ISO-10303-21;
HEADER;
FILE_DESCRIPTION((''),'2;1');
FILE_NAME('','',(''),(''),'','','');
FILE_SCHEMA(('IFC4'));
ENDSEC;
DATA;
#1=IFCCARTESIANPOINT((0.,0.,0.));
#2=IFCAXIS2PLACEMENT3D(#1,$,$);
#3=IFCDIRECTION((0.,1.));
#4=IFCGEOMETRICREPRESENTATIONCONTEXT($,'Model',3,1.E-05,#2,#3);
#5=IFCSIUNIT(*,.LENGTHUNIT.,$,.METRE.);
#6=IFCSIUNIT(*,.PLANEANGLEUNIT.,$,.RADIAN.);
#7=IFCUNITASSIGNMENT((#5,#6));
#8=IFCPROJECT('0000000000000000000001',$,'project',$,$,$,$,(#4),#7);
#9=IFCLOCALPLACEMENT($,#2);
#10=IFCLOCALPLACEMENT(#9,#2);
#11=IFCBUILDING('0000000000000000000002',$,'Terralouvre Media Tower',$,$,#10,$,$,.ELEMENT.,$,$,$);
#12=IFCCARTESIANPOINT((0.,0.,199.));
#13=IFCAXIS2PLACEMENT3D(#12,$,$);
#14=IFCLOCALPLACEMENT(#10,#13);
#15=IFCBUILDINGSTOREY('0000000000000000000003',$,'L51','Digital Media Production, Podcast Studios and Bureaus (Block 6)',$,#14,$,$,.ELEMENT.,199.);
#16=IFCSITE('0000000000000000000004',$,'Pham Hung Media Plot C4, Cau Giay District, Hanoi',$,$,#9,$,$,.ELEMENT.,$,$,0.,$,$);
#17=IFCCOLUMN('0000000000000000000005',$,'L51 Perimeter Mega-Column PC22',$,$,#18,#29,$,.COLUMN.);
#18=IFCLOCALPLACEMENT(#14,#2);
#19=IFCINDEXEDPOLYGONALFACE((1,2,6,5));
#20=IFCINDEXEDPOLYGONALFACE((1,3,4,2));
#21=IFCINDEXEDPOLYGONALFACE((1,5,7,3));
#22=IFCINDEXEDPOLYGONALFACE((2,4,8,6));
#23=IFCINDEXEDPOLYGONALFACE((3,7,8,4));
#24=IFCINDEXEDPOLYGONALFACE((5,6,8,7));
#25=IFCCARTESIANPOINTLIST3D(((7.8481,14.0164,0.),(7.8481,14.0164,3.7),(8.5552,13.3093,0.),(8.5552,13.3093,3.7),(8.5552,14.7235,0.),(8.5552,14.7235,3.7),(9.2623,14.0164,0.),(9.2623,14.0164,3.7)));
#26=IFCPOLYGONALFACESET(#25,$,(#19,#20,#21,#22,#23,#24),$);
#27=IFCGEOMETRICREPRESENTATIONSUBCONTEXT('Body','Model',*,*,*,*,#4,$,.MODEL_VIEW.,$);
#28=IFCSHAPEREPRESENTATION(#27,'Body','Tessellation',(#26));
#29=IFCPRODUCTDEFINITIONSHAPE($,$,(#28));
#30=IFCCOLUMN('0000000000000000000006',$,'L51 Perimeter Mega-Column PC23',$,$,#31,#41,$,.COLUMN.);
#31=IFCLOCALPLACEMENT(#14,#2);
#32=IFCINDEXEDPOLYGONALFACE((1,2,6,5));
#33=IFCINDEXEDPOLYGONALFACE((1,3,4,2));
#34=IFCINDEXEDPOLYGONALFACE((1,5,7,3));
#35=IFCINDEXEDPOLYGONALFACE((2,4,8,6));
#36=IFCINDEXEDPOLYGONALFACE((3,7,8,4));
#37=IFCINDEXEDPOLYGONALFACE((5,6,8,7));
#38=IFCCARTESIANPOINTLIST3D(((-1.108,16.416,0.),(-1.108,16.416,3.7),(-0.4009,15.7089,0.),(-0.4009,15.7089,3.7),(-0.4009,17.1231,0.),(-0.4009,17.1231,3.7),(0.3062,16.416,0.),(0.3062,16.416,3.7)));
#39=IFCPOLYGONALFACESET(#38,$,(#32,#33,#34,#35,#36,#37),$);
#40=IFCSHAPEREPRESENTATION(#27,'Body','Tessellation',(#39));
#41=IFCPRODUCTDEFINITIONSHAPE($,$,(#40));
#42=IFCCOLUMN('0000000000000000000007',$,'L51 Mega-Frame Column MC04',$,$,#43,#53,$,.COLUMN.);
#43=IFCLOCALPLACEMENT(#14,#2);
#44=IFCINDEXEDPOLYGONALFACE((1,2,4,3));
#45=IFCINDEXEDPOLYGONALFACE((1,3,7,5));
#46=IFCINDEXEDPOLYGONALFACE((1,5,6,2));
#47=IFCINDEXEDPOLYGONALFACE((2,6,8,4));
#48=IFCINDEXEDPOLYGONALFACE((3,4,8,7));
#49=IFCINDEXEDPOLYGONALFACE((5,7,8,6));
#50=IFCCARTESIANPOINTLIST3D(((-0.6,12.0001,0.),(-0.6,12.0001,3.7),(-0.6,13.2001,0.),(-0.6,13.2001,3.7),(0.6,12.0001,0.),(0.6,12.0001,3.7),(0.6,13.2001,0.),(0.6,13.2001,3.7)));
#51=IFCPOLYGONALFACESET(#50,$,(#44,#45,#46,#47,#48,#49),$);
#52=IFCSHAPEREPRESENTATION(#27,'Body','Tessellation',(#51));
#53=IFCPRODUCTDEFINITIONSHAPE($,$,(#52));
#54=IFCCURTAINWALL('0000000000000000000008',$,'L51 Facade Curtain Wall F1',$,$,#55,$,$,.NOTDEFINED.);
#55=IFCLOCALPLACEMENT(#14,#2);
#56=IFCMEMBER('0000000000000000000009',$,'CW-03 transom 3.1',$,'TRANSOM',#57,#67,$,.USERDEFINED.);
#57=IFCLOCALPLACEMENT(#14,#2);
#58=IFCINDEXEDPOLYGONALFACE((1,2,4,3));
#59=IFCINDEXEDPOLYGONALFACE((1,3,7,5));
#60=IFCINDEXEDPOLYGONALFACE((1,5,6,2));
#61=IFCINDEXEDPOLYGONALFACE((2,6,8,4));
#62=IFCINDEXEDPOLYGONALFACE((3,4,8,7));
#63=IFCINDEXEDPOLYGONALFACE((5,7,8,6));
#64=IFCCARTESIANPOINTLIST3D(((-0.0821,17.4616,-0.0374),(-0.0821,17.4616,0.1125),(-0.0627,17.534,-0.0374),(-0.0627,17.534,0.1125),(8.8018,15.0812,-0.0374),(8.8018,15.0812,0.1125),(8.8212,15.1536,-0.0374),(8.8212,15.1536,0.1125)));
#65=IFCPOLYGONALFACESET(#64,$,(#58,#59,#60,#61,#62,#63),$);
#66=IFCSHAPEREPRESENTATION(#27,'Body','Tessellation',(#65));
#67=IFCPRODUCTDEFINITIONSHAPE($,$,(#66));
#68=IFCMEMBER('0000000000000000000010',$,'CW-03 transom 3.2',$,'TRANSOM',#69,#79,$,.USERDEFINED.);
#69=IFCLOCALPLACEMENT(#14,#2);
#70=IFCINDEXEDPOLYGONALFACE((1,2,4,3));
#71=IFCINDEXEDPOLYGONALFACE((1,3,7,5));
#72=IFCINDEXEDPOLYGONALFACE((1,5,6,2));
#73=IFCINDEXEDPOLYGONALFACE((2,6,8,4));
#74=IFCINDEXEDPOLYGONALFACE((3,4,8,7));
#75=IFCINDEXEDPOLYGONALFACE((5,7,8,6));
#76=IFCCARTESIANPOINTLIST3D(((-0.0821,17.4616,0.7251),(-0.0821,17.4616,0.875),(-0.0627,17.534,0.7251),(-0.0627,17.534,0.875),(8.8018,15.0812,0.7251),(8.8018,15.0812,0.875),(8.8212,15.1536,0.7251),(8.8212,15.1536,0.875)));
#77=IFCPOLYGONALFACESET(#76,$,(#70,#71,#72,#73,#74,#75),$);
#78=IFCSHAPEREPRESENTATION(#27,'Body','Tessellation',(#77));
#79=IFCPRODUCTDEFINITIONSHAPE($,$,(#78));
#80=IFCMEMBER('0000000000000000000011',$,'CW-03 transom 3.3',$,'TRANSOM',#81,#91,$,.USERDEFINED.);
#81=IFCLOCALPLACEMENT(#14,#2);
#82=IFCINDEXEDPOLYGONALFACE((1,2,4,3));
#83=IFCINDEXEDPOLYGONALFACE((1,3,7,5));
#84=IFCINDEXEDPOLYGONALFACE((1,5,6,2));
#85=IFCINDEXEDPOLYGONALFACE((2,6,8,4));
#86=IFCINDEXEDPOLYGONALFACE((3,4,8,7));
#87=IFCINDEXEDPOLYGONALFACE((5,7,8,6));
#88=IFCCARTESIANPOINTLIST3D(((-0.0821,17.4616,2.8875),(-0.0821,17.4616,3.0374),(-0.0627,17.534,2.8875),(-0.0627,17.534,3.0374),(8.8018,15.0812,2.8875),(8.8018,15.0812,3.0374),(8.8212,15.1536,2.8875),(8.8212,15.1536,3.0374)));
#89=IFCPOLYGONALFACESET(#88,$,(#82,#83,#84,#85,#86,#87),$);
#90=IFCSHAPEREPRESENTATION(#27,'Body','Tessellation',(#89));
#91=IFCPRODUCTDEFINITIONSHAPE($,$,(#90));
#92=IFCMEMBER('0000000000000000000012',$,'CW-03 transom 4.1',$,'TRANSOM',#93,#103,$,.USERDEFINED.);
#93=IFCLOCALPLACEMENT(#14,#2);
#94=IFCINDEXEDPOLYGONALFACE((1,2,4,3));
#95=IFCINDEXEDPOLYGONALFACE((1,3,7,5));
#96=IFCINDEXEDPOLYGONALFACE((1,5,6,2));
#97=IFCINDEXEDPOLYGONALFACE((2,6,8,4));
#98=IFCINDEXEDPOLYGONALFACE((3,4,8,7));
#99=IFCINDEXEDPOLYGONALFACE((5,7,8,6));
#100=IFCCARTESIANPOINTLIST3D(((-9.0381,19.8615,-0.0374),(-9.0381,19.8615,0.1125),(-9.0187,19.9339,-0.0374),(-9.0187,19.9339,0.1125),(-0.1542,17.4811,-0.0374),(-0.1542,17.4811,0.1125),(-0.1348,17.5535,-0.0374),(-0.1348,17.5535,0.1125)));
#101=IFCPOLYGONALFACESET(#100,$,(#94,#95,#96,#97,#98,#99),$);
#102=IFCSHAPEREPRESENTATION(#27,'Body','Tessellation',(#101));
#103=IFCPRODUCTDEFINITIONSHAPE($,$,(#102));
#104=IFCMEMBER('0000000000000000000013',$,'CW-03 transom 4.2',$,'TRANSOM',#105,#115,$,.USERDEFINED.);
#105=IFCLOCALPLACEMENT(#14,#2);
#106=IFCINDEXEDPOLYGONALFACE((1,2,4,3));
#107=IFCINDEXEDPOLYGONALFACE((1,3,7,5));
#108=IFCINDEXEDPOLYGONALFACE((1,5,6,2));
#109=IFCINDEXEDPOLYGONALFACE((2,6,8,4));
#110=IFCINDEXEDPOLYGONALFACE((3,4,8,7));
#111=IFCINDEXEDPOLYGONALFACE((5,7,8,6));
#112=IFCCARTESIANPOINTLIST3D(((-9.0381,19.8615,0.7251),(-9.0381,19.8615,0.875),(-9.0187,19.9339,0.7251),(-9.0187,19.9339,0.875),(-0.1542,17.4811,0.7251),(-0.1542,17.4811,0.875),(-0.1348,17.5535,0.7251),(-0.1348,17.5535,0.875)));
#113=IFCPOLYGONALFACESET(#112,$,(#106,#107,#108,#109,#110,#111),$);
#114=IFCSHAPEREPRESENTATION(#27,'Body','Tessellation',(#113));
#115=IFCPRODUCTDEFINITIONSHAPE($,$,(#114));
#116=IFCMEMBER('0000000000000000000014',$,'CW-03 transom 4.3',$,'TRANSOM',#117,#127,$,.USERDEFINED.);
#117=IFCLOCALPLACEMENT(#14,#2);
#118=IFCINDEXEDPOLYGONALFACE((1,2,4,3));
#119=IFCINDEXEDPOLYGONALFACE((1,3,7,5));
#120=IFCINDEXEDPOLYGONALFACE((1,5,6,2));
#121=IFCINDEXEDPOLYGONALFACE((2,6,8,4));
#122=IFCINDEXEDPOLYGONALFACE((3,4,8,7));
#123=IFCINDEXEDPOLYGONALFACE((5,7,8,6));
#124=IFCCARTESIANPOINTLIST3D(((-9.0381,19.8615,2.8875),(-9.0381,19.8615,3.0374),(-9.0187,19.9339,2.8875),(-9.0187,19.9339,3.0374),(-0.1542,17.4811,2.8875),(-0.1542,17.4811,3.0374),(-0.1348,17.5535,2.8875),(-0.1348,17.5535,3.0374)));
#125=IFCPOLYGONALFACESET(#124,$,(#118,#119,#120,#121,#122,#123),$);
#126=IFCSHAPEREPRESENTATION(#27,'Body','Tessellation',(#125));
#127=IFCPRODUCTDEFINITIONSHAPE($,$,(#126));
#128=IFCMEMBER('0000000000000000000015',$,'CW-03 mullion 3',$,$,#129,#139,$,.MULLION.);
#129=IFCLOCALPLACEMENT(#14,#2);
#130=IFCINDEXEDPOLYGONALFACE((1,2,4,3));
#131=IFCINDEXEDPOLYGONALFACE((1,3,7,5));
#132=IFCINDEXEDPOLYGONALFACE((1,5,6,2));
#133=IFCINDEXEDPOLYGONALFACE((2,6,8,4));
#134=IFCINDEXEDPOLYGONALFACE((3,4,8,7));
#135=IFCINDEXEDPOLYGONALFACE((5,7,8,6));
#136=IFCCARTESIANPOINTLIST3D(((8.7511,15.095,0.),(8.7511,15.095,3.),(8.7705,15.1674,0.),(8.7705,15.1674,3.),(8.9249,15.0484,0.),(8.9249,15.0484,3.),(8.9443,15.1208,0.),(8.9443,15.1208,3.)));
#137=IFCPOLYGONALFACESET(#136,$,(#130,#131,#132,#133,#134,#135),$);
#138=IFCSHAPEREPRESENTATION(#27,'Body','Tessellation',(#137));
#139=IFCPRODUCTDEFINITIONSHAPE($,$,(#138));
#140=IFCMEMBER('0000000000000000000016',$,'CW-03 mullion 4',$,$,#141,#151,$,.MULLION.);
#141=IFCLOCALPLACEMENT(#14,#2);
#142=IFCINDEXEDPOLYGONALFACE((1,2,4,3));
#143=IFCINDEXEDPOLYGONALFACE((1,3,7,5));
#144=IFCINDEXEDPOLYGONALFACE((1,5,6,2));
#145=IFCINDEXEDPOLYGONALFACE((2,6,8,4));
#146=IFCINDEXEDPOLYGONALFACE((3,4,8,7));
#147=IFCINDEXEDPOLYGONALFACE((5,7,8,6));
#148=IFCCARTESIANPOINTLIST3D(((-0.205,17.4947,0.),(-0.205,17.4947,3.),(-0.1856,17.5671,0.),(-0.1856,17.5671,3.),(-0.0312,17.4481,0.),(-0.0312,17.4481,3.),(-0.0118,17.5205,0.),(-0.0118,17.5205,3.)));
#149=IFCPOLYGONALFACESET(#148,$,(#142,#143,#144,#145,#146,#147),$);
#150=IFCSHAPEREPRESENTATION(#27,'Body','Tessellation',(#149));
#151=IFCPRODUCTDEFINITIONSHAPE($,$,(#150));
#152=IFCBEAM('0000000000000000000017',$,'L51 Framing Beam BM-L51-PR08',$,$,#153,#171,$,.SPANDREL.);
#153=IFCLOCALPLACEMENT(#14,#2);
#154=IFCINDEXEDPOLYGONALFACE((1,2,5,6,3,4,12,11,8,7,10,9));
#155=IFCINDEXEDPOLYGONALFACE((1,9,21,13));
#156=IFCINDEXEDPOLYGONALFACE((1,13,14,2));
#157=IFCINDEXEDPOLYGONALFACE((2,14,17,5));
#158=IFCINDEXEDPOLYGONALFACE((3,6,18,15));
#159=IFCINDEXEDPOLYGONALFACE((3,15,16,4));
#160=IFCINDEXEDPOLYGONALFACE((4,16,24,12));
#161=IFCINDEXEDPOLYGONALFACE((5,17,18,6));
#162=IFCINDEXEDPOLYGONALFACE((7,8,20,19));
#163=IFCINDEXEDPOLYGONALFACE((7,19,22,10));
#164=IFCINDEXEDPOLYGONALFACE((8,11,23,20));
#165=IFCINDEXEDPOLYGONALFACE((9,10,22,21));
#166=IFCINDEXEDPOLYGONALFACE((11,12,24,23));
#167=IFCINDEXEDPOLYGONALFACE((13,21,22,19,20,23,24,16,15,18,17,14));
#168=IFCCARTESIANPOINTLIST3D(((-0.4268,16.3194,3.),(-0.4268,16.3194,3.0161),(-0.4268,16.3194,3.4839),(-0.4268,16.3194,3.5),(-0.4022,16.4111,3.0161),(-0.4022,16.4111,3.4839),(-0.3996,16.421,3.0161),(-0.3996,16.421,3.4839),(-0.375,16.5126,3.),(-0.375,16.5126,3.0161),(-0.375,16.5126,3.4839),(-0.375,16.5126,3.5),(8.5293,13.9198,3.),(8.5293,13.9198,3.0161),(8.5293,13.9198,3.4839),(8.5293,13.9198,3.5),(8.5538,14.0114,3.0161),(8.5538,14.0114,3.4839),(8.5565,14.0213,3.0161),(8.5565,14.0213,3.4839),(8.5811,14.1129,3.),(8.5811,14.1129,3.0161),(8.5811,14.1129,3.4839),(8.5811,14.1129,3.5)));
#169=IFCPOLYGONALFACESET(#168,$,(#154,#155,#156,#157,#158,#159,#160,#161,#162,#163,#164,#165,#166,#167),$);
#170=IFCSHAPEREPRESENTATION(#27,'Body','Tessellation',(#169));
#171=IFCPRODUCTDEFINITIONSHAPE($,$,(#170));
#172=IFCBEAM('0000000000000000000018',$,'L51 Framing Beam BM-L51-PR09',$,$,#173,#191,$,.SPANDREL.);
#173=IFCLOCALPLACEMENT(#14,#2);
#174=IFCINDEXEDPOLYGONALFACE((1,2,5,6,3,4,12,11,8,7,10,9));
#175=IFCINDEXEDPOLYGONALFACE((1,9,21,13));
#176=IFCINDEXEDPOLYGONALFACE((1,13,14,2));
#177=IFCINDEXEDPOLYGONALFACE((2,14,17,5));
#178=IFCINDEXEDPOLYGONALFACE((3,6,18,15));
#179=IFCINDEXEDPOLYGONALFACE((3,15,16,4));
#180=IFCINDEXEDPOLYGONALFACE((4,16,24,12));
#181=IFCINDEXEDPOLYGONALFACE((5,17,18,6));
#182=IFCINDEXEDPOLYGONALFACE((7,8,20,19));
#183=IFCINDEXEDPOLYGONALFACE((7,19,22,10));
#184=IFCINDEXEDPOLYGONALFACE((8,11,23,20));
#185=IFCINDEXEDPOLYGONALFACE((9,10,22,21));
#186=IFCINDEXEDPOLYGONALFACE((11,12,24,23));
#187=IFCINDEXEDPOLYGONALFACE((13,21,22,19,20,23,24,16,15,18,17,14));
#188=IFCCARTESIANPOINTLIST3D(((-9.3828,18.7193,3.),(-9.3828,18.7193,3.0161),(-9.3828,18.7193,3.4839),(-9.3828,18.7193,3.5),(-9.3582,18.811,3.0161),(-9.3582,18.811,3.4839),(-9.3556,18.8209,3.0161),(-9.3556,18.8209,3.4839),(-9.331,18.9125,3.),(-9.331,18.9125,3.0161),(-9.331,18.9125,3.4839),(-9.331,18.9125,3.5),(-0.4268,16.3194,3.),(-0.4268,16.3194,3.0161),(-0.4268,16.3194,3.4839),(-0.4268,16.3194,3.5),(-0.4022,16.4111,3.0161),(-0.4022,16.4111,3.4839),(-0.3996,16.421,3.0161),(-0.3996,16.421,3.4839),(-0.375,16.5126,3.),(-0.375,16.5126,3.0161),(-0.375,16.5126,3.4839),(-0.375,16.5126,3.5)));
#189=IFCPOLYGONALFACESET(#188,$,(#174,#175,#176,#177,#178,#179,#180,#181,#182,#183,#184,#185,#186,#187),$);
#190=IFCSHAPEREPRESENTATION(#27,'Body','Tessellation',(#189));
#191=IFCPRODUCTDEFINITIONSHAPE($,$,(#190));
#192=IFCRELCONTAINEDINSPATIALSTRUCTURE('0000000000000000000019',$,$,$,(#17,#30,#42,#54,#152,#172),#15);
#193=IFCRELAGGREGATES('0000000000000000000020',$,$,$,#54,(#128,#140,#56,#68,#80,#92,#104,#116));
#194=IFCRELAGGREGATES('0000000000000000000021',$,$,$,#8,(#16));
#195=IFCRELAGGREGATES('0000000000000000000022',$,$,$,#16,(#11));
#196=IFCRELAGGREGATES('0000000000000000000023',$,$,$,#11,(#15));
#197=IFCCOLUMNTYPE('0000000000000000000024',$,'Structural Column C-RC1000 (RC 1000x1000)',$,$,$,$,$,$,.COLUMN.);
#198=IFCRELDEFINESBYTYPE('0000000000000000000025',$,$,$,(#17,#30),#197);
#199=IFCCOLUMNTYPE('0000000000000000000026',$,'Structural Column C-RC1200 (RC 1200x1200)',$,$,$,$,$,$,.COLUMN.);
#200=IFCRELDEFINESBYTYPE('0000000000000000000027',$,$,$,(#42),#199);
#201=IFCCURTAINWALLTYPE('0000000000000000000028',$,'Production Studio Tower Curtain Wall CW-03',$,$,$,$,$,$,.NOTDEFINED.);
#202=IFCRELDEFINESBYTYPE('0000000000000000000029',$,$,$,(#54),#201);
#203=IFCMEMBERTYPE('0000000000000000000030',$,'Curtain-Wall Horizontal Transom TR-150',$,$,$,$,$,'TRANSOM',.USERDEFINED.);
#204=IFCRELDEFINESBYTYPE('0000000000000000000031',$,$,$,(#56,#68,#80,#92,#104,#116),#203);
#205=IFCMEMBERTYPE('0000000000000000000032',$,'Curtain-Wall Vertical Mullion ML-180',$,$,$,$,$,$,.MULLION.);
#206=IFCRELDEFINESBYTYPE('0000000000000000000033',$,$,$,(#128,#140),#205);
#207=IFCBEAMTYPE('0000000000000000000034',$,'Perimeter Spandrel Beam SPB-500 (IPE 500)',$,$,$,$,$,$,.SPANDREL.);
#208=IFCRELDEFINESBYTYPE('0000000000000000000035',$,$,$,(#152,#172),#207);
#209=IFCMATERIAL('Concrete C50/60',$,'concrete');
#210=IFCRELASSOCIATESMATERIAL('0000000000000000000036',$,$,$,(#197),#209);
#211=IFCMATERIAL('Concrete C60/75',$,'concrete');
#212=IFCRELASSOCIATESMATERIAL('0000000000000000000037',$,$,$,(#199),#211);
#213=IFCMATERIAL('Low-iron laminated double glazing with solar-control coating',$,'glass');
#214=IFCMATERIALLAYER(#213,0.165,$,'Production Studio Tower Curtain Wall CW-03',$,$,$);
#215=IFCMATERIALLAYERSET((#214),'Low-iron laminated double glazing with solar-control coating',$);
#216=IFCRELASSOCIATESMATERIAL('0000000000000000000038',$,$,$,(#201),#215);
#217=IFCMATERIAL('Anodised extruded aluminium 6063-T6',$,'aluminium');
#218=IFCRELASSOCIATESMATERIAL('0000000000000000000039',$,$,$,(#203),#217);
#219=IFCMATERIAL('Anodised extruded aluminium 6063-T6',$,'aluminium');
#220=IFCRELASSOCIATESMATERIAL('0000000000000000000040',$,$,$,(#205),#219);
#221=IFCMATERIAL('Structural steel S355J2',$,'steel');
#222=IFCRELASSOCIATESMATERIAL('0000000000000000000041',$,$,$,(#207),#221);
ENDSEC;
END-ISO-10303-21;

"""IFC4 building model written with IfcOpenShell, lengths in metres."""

from ifc_helpers import new_model, si_unit, direction, frame, origin, origin_2d, place, context, subcontext, project, spatial, rectangle, i_section, extrude, material, layer, layer_set, material_profile, profile_set, type_object, element, aggregate, save


model = new_model("IFC4")

# Units and contexts
model_context = context("Model", 3, precision=1e-05, world=origin(), true_north=direction((0.0, 1.0)))
body_context = subcontext(model_context, "Body", "Model", "MODEL_VIEW")
ifc_project = project(units=[si_unit("LENGTHUNIT", "METRE"), si_unit("PLANEANGLEUNIT", "RADIAN")], contexts=[model_context])

# Site, building, storey
site_placement = place(None, origin())
site = spatial("IfcSite", under=ifc_project, at=site_placement, Name="Pham Hung Media Plot C4, Cau Giay District, Hanoi", CompositionType="ELEMENT", RefElevation=0.0)
building_placement = place(site_placement, origin())
building = spatial("IfcBuilding", under=site, at=building_placement, Name="Terralouvre Media Tower", CompositionType="ELEMENT")
storey_placement = place(building_placement, frame((0.0, 0.0, 199.0)))
storey = spatial("IfcBuildingStorey", under=building, at=storey_placement, Name="L51", Description="Digital Media Production, Podcast Studios and Bureaus (Block 6)", CompositionType="ELEMENT", Elevation=199.0)

# Columns
ifc_material_1 = material(Name="Concrete C50/60", Category="concrete")
ifc_material_profile_1 = material_profile(ifc_material_1, rectangle(XDim=1.0, YDim=1.0, at=origin_2d()), Name="RC 1000x1000")
ifc_profile_set_1 = profile_set([ifc_material_profile_1], Name="Concrete C50/60")
column_type_1 = type_object("IfcColumnType", Name="Structural Column C-RC1000 (RC 1000x1000)", PredefinedType="COLUMN", material=ifc_profile_set_1)
for number, where, z_axis, x_axis, name in (
    (1, (8.5552, 14.0164, 0.0), (0.0, 0.0, 1.0), (0.707107, 0.707107, 0.0), "L51 Perimeter Mega-Column PC22"),
    (2, (-0.4009, 16.416, 0.0), (0.0, 0.0, 1.0), (0.707107, 0.707107, 0.0), "L51 Perimeter Mega-Column PC23"),
):
    element("IfcColumn", number, at=place(storey_placement, frame(where, z_axis=z_axis, x_axis=x_axis)), inside=storey, type_object=column_type_1, Name=name, PredefinedType="COLUMN", context=body_context, shape_type="SweptSolid", body=[
        extrude(rectangle(XDim=1.0, YDim=1.0, at=origin_2d()), origin(), (0.0, 0.0, 1.0), 3.7),
    ])
ifc_material_2 = material(Name="Concrete C60/75", Category="concrete")
ifc_material_profile_2 = material_profile(ifc_material_2, rectangle(XDim=1.2, YDim=1.2, at=origin_2d()), Name="RC 1200x1200")
ifc_profile_set_2 = profile_set([ifc_material_profile_2], Name="Concrete C60/75")
column_type_2 = type_object("IfcColumnType", Name="Structural Column C-RC1200 (RC 1200x1200)", PredefinedType="COLUMN", material=ifc_profile_set_2)
column_placement = place(storey_placement, frame((0.0, 12.6001, 0.0), z_axis=(0.0, 0.0, 1.0), x_axis=(1.0, 0.0, 0.0)))
element("IfcColumn", 3, at=column_placement, inside=storey, type_object=column_type_2, Name="L51 Mega-Frame Column MC04", PredefinedType="COLUMN", context=body_context, shape_type="SweptSolid", body=[
    extrude(rectangle(XDim=1.2, YDim=1.2, at=origin_2d()), origin(), (0.0, 0.0, 1.0), 3.7),
])

# Curtain wall, members
ifc_material_3 = material(Name="Low-iron laminated double glazing with solar-control coating", Category="glass")
ifc_layer_1 = layer(ifc_material_3, 0.165, Name="Production Studio Tower Curtain Wall CW-03")
ifc_layer_set_1 = layer_set([ifc_layer_1], Name="Low-iron laminated double glazing with solar-control coating")
curtain_wall_type = type_object("IfcCurtainWallType", Name="Production Studio Tower Curtain Wall CW-03", PredefinedType="NOTDEFINED", material=ifc_layer_set_1)
curtain_wall_placement = place(storey_placement, origin())
curtain_wall = element("IfcCurtainWall", 4, at=curtain_wall_placement, inside=storey, type_object=curtain_wall_type, Name="L51 Facade Curtain Wall F1", PredefinedType="NOTDEFINED")
ifc_material_4 = material(Name="Anodised extruded aluminium 6063-T6", Category="aluminium")
ifc_material_profile_3 = material_profile(ifc_material_4, rectangle(XDim=0.075, YDim=0.1499, at=origin_2d()), Name="ALU 75x150")
ifc_profile_set_3 = profile_set([ifc_material_profile_3], Name="Anodised extruded aluminium 6063-T6")
member_type_1 = type_object("IfcMemberType", Name="Curtain-Wall Horizontal Transom TR-150", ElementType="TRANSOM", PredefinedType="USERDEFINED", material=ifc_profile_set_3)
member_1_placement = place(storey_placement, frame((8.8115, 15.1174, 0.0376), z_axis=(-0.965927, 0.258816, 0.0), x_axis=(-0.258816, -0.965927, 0.0)))
member_1 = element("IfcMember", 5, at=member_1_placement, type_object=member_type_1, Name="CW-03 transom 3.1", ObjectType="TRANSOM", PredefinedType="USERDEFINED", context=body_context, shape_type="SweptSolid", body=[
    extrude(rectangle(XDim=0.075, YDim=0.1499, at=origin_2d()), origin(), (0.0, 0.0, 1.0), 9.1973),
])
member_2_placement = place(storey_placement, frame((8.8115, 15.1174, 0.8), z_axis=(-0.965927, 0.258816, 0.0), x_axis=(-0.258816, -0.965927, 0.0)))
member_2 = element("IfcMember", 6, at=member_2_placement, type_object=member_type_1, Name="CW-03 transom 3.2", ObjectType="TRANSOM", PredefinedType="USERDEFINED", context=body_context, shape_type="SweptSolid", body=[
    extrude(rectangle(XDim=0.075, YDim=0.1499, at=origin_2d()), origin(), (0.0, 0.0, 1.0), 9.1973),
])
member_3_placement = place(storey_placement, frame((8.8115, 15.1174, 2.9624), z_axis=(-0.965927, 0.258816, 0.0), x_axis=(-0.258816, -0.965927, 0.0)))
member_3 = element("IfcMember", 7, at=member_3_placement, type_object=member_type_1, Name="CW-03 transom 3.3", ObjectType="TRANSOM", PredefinedType="USERDEFINED", context=body_context, shape_type="SweptSolid", body=[
    extrude(rectangle(XDim=0.075, YDim=0.1499, at=origin_2d()), origin(), (0.0, 0.0, 1.0), 9.1973),
])
member_4_placement = place(storey_placement, frame((-0.1445, 17.5173, 0.0376), z_axis=(-0.965927, 0.258816, 0.0), x_axis=(-0.258816, -0.965927, 0.0)))
member_4 = element("IfcMember", 8, at=member_4_placement, type_object=member_type_1, Name="CW-03 transom 4.1", ObjectType="TRANSOM", PredefinedType="USERDEFINED", context=body_context, shape_type="SweptSolid", body=[
    extrude(rectangle(XDim=0.075, YDim=0.1499, at=origin_2d()), origin(), (0.0, 0.0, 1.0), 9.1973),
])
member_5_placement = place(storey_placement, frame((-0.1445, 17.5173, 0.8), z_axis=(-0.965927, 0.258816, 0.0), x_axis=(-0.258816, -0.965927, 0.0)))
member_5 = element("IfcMember", 9, at=member_5_placement, type_object=member_type_1, Name="CW-03 transom 4.2", ObjectType="TRANSOM", PredefinedType="USERDEFINED", context=body_context, shape_type="SweptSolid", body=[
    extrude(rectangle(XDim=0.075, YDim=0.1499, at=origin_2d()), origin(), (0.0, 0.0, 1.0), 9.1973),
])
member_6_placement = place(storey_placement, frame((-0.1445, 17.5173, 2.9624), z_axis=(-0.965927, 0.258816, 0.0), x_axis=(-0.258816, -0.965927, 0.0)))
member_6 = element("IfcMember", 10, at=member_6_placement, type_object=member_type_1, Name="CW-03 transom 4.3", ObjectType="TRANSOM", PredefinedType="USERDEFINED", context=body_context, shape_type="SweptSolid", body=[
    extrude(rectangle(XDim=0.075, YDim=0.1499, at=origin_2d()), origin(), (0.0, 0.0, 1.0), 9.1973),
])
ifc_material_5 = material(Name="Anodised extruded aluminium 6063-T6", Category="aluminium")
ifc_material_profile_4 = material_profile(ifc_material_5, rectangle(XDim=0.075, YDim=0.1799, at=origin_2d()), Name="ALU 75x180")
ifc_profile_set_4 = profile_set([ifc_material_profile_4], Name="Anodised extruded aluminium 6063-T6")
member_type_2 = type_object("IfcMemberType", Name="Curtain-Wall Vertical Mullion ML-180", PredefinedType="MULLION", material=ifc_profile_set_4)
member_7_placement = place(storey_placement, frame((8.8477, 15.1079, 0.0), z_axis=(0.0, 0.0, 1.0), x_axis=(-0.258819, -0.965926, 0.0)))
member_7 = element("IfcMember", 11, at=member_7_placement, type_object=member_type_2, Name="CW-03 mullion 3", PredefinedType="MULLION", context=body_context, shape_type="SweptSolid", body=[
    extrude(rectangle(XDim=0.075, YDim=0.1799, at=origin_2d()), origin(), (0.0, 0.0, 1.0), 3.0),
])
member_8_placement = place(storey_placement, frame((-0.1084, 17.5076, 0.0), z_axis=(0.0, 0.0, 1.0), x_axis=(-0.258819, -0.965926, 0.0)))
member_8 = element("IfcMember", 12, at=member_8_placement, type_object=member_type_2, Name="CW-03 mullion 4", PredefinedType="MULLION", context=body_context, shape_type="SweptSolid", body=[
    extrude(rectangle(XDim=0.075, YDim=0.1799, at=origin_2d()), origin(), (0.0, 0.0, 1.0), 3.0),
])

# Beams
ifc_material_6 = material(Name="Structural steel S355J2", Category="steel")
ifc_material_profile_5 = material_profile(ifc_material_6, i_section(OverallWidth=0.2, OverallDepth=0.5, WebThickness=0.0103, FlangeThickness=0.0161, at=origin_2d()), Name="IPE 500")
ifc_profile_set_5 = profile_set([ifc_material_profile_5], Name="Structural steel S355J2")
beam_type_1 = type_object("IfcBeamType", Name="Perimeter Spandrel Beam SPB-500 (IPE 500)", PredefinedType="SPANDREL", material=ifc_profile_set_5)
for number, where, z_axis, x_axis, name in (
    (13, (8.5552, 14.0164, 3.25), (-0.965929, 0.258808, 0.0), (-0.258808, -0.965929, 0.0), "L51 Framing Beam BM-L51-PR08"),
    (14, (-0.4009, 16.416, 3.25), (-0.965922, 0.258833, 0.0), (-0.258833, -0.965922, 0.0), "L51 Framing Beam BM-L51-PR09"),
):
    element("IfcBeam", number, at=place(storey_placement, frame(where, z_axis=z_axis, x_axis=x_axis)), inside=storey, type_object=beam_type_1, Name=name, PredefinedType="SPANDREL", context=body_context, shape_type="SweptSolid", body=[
        extrude(i_section(OverallWidth=0.2, OverallDepth=0.5, WebThickness=0.0103, FlangeThickness=0.0161, at=origin_2d()), origin(), (0.0, 0.0, 1.0), 9.272),
    ])

aggregate(curtain_wall, [member_7, member_8, member_1, member_2, member_3, member_4, member_5, member_6])

save(model, "model.ifc")
